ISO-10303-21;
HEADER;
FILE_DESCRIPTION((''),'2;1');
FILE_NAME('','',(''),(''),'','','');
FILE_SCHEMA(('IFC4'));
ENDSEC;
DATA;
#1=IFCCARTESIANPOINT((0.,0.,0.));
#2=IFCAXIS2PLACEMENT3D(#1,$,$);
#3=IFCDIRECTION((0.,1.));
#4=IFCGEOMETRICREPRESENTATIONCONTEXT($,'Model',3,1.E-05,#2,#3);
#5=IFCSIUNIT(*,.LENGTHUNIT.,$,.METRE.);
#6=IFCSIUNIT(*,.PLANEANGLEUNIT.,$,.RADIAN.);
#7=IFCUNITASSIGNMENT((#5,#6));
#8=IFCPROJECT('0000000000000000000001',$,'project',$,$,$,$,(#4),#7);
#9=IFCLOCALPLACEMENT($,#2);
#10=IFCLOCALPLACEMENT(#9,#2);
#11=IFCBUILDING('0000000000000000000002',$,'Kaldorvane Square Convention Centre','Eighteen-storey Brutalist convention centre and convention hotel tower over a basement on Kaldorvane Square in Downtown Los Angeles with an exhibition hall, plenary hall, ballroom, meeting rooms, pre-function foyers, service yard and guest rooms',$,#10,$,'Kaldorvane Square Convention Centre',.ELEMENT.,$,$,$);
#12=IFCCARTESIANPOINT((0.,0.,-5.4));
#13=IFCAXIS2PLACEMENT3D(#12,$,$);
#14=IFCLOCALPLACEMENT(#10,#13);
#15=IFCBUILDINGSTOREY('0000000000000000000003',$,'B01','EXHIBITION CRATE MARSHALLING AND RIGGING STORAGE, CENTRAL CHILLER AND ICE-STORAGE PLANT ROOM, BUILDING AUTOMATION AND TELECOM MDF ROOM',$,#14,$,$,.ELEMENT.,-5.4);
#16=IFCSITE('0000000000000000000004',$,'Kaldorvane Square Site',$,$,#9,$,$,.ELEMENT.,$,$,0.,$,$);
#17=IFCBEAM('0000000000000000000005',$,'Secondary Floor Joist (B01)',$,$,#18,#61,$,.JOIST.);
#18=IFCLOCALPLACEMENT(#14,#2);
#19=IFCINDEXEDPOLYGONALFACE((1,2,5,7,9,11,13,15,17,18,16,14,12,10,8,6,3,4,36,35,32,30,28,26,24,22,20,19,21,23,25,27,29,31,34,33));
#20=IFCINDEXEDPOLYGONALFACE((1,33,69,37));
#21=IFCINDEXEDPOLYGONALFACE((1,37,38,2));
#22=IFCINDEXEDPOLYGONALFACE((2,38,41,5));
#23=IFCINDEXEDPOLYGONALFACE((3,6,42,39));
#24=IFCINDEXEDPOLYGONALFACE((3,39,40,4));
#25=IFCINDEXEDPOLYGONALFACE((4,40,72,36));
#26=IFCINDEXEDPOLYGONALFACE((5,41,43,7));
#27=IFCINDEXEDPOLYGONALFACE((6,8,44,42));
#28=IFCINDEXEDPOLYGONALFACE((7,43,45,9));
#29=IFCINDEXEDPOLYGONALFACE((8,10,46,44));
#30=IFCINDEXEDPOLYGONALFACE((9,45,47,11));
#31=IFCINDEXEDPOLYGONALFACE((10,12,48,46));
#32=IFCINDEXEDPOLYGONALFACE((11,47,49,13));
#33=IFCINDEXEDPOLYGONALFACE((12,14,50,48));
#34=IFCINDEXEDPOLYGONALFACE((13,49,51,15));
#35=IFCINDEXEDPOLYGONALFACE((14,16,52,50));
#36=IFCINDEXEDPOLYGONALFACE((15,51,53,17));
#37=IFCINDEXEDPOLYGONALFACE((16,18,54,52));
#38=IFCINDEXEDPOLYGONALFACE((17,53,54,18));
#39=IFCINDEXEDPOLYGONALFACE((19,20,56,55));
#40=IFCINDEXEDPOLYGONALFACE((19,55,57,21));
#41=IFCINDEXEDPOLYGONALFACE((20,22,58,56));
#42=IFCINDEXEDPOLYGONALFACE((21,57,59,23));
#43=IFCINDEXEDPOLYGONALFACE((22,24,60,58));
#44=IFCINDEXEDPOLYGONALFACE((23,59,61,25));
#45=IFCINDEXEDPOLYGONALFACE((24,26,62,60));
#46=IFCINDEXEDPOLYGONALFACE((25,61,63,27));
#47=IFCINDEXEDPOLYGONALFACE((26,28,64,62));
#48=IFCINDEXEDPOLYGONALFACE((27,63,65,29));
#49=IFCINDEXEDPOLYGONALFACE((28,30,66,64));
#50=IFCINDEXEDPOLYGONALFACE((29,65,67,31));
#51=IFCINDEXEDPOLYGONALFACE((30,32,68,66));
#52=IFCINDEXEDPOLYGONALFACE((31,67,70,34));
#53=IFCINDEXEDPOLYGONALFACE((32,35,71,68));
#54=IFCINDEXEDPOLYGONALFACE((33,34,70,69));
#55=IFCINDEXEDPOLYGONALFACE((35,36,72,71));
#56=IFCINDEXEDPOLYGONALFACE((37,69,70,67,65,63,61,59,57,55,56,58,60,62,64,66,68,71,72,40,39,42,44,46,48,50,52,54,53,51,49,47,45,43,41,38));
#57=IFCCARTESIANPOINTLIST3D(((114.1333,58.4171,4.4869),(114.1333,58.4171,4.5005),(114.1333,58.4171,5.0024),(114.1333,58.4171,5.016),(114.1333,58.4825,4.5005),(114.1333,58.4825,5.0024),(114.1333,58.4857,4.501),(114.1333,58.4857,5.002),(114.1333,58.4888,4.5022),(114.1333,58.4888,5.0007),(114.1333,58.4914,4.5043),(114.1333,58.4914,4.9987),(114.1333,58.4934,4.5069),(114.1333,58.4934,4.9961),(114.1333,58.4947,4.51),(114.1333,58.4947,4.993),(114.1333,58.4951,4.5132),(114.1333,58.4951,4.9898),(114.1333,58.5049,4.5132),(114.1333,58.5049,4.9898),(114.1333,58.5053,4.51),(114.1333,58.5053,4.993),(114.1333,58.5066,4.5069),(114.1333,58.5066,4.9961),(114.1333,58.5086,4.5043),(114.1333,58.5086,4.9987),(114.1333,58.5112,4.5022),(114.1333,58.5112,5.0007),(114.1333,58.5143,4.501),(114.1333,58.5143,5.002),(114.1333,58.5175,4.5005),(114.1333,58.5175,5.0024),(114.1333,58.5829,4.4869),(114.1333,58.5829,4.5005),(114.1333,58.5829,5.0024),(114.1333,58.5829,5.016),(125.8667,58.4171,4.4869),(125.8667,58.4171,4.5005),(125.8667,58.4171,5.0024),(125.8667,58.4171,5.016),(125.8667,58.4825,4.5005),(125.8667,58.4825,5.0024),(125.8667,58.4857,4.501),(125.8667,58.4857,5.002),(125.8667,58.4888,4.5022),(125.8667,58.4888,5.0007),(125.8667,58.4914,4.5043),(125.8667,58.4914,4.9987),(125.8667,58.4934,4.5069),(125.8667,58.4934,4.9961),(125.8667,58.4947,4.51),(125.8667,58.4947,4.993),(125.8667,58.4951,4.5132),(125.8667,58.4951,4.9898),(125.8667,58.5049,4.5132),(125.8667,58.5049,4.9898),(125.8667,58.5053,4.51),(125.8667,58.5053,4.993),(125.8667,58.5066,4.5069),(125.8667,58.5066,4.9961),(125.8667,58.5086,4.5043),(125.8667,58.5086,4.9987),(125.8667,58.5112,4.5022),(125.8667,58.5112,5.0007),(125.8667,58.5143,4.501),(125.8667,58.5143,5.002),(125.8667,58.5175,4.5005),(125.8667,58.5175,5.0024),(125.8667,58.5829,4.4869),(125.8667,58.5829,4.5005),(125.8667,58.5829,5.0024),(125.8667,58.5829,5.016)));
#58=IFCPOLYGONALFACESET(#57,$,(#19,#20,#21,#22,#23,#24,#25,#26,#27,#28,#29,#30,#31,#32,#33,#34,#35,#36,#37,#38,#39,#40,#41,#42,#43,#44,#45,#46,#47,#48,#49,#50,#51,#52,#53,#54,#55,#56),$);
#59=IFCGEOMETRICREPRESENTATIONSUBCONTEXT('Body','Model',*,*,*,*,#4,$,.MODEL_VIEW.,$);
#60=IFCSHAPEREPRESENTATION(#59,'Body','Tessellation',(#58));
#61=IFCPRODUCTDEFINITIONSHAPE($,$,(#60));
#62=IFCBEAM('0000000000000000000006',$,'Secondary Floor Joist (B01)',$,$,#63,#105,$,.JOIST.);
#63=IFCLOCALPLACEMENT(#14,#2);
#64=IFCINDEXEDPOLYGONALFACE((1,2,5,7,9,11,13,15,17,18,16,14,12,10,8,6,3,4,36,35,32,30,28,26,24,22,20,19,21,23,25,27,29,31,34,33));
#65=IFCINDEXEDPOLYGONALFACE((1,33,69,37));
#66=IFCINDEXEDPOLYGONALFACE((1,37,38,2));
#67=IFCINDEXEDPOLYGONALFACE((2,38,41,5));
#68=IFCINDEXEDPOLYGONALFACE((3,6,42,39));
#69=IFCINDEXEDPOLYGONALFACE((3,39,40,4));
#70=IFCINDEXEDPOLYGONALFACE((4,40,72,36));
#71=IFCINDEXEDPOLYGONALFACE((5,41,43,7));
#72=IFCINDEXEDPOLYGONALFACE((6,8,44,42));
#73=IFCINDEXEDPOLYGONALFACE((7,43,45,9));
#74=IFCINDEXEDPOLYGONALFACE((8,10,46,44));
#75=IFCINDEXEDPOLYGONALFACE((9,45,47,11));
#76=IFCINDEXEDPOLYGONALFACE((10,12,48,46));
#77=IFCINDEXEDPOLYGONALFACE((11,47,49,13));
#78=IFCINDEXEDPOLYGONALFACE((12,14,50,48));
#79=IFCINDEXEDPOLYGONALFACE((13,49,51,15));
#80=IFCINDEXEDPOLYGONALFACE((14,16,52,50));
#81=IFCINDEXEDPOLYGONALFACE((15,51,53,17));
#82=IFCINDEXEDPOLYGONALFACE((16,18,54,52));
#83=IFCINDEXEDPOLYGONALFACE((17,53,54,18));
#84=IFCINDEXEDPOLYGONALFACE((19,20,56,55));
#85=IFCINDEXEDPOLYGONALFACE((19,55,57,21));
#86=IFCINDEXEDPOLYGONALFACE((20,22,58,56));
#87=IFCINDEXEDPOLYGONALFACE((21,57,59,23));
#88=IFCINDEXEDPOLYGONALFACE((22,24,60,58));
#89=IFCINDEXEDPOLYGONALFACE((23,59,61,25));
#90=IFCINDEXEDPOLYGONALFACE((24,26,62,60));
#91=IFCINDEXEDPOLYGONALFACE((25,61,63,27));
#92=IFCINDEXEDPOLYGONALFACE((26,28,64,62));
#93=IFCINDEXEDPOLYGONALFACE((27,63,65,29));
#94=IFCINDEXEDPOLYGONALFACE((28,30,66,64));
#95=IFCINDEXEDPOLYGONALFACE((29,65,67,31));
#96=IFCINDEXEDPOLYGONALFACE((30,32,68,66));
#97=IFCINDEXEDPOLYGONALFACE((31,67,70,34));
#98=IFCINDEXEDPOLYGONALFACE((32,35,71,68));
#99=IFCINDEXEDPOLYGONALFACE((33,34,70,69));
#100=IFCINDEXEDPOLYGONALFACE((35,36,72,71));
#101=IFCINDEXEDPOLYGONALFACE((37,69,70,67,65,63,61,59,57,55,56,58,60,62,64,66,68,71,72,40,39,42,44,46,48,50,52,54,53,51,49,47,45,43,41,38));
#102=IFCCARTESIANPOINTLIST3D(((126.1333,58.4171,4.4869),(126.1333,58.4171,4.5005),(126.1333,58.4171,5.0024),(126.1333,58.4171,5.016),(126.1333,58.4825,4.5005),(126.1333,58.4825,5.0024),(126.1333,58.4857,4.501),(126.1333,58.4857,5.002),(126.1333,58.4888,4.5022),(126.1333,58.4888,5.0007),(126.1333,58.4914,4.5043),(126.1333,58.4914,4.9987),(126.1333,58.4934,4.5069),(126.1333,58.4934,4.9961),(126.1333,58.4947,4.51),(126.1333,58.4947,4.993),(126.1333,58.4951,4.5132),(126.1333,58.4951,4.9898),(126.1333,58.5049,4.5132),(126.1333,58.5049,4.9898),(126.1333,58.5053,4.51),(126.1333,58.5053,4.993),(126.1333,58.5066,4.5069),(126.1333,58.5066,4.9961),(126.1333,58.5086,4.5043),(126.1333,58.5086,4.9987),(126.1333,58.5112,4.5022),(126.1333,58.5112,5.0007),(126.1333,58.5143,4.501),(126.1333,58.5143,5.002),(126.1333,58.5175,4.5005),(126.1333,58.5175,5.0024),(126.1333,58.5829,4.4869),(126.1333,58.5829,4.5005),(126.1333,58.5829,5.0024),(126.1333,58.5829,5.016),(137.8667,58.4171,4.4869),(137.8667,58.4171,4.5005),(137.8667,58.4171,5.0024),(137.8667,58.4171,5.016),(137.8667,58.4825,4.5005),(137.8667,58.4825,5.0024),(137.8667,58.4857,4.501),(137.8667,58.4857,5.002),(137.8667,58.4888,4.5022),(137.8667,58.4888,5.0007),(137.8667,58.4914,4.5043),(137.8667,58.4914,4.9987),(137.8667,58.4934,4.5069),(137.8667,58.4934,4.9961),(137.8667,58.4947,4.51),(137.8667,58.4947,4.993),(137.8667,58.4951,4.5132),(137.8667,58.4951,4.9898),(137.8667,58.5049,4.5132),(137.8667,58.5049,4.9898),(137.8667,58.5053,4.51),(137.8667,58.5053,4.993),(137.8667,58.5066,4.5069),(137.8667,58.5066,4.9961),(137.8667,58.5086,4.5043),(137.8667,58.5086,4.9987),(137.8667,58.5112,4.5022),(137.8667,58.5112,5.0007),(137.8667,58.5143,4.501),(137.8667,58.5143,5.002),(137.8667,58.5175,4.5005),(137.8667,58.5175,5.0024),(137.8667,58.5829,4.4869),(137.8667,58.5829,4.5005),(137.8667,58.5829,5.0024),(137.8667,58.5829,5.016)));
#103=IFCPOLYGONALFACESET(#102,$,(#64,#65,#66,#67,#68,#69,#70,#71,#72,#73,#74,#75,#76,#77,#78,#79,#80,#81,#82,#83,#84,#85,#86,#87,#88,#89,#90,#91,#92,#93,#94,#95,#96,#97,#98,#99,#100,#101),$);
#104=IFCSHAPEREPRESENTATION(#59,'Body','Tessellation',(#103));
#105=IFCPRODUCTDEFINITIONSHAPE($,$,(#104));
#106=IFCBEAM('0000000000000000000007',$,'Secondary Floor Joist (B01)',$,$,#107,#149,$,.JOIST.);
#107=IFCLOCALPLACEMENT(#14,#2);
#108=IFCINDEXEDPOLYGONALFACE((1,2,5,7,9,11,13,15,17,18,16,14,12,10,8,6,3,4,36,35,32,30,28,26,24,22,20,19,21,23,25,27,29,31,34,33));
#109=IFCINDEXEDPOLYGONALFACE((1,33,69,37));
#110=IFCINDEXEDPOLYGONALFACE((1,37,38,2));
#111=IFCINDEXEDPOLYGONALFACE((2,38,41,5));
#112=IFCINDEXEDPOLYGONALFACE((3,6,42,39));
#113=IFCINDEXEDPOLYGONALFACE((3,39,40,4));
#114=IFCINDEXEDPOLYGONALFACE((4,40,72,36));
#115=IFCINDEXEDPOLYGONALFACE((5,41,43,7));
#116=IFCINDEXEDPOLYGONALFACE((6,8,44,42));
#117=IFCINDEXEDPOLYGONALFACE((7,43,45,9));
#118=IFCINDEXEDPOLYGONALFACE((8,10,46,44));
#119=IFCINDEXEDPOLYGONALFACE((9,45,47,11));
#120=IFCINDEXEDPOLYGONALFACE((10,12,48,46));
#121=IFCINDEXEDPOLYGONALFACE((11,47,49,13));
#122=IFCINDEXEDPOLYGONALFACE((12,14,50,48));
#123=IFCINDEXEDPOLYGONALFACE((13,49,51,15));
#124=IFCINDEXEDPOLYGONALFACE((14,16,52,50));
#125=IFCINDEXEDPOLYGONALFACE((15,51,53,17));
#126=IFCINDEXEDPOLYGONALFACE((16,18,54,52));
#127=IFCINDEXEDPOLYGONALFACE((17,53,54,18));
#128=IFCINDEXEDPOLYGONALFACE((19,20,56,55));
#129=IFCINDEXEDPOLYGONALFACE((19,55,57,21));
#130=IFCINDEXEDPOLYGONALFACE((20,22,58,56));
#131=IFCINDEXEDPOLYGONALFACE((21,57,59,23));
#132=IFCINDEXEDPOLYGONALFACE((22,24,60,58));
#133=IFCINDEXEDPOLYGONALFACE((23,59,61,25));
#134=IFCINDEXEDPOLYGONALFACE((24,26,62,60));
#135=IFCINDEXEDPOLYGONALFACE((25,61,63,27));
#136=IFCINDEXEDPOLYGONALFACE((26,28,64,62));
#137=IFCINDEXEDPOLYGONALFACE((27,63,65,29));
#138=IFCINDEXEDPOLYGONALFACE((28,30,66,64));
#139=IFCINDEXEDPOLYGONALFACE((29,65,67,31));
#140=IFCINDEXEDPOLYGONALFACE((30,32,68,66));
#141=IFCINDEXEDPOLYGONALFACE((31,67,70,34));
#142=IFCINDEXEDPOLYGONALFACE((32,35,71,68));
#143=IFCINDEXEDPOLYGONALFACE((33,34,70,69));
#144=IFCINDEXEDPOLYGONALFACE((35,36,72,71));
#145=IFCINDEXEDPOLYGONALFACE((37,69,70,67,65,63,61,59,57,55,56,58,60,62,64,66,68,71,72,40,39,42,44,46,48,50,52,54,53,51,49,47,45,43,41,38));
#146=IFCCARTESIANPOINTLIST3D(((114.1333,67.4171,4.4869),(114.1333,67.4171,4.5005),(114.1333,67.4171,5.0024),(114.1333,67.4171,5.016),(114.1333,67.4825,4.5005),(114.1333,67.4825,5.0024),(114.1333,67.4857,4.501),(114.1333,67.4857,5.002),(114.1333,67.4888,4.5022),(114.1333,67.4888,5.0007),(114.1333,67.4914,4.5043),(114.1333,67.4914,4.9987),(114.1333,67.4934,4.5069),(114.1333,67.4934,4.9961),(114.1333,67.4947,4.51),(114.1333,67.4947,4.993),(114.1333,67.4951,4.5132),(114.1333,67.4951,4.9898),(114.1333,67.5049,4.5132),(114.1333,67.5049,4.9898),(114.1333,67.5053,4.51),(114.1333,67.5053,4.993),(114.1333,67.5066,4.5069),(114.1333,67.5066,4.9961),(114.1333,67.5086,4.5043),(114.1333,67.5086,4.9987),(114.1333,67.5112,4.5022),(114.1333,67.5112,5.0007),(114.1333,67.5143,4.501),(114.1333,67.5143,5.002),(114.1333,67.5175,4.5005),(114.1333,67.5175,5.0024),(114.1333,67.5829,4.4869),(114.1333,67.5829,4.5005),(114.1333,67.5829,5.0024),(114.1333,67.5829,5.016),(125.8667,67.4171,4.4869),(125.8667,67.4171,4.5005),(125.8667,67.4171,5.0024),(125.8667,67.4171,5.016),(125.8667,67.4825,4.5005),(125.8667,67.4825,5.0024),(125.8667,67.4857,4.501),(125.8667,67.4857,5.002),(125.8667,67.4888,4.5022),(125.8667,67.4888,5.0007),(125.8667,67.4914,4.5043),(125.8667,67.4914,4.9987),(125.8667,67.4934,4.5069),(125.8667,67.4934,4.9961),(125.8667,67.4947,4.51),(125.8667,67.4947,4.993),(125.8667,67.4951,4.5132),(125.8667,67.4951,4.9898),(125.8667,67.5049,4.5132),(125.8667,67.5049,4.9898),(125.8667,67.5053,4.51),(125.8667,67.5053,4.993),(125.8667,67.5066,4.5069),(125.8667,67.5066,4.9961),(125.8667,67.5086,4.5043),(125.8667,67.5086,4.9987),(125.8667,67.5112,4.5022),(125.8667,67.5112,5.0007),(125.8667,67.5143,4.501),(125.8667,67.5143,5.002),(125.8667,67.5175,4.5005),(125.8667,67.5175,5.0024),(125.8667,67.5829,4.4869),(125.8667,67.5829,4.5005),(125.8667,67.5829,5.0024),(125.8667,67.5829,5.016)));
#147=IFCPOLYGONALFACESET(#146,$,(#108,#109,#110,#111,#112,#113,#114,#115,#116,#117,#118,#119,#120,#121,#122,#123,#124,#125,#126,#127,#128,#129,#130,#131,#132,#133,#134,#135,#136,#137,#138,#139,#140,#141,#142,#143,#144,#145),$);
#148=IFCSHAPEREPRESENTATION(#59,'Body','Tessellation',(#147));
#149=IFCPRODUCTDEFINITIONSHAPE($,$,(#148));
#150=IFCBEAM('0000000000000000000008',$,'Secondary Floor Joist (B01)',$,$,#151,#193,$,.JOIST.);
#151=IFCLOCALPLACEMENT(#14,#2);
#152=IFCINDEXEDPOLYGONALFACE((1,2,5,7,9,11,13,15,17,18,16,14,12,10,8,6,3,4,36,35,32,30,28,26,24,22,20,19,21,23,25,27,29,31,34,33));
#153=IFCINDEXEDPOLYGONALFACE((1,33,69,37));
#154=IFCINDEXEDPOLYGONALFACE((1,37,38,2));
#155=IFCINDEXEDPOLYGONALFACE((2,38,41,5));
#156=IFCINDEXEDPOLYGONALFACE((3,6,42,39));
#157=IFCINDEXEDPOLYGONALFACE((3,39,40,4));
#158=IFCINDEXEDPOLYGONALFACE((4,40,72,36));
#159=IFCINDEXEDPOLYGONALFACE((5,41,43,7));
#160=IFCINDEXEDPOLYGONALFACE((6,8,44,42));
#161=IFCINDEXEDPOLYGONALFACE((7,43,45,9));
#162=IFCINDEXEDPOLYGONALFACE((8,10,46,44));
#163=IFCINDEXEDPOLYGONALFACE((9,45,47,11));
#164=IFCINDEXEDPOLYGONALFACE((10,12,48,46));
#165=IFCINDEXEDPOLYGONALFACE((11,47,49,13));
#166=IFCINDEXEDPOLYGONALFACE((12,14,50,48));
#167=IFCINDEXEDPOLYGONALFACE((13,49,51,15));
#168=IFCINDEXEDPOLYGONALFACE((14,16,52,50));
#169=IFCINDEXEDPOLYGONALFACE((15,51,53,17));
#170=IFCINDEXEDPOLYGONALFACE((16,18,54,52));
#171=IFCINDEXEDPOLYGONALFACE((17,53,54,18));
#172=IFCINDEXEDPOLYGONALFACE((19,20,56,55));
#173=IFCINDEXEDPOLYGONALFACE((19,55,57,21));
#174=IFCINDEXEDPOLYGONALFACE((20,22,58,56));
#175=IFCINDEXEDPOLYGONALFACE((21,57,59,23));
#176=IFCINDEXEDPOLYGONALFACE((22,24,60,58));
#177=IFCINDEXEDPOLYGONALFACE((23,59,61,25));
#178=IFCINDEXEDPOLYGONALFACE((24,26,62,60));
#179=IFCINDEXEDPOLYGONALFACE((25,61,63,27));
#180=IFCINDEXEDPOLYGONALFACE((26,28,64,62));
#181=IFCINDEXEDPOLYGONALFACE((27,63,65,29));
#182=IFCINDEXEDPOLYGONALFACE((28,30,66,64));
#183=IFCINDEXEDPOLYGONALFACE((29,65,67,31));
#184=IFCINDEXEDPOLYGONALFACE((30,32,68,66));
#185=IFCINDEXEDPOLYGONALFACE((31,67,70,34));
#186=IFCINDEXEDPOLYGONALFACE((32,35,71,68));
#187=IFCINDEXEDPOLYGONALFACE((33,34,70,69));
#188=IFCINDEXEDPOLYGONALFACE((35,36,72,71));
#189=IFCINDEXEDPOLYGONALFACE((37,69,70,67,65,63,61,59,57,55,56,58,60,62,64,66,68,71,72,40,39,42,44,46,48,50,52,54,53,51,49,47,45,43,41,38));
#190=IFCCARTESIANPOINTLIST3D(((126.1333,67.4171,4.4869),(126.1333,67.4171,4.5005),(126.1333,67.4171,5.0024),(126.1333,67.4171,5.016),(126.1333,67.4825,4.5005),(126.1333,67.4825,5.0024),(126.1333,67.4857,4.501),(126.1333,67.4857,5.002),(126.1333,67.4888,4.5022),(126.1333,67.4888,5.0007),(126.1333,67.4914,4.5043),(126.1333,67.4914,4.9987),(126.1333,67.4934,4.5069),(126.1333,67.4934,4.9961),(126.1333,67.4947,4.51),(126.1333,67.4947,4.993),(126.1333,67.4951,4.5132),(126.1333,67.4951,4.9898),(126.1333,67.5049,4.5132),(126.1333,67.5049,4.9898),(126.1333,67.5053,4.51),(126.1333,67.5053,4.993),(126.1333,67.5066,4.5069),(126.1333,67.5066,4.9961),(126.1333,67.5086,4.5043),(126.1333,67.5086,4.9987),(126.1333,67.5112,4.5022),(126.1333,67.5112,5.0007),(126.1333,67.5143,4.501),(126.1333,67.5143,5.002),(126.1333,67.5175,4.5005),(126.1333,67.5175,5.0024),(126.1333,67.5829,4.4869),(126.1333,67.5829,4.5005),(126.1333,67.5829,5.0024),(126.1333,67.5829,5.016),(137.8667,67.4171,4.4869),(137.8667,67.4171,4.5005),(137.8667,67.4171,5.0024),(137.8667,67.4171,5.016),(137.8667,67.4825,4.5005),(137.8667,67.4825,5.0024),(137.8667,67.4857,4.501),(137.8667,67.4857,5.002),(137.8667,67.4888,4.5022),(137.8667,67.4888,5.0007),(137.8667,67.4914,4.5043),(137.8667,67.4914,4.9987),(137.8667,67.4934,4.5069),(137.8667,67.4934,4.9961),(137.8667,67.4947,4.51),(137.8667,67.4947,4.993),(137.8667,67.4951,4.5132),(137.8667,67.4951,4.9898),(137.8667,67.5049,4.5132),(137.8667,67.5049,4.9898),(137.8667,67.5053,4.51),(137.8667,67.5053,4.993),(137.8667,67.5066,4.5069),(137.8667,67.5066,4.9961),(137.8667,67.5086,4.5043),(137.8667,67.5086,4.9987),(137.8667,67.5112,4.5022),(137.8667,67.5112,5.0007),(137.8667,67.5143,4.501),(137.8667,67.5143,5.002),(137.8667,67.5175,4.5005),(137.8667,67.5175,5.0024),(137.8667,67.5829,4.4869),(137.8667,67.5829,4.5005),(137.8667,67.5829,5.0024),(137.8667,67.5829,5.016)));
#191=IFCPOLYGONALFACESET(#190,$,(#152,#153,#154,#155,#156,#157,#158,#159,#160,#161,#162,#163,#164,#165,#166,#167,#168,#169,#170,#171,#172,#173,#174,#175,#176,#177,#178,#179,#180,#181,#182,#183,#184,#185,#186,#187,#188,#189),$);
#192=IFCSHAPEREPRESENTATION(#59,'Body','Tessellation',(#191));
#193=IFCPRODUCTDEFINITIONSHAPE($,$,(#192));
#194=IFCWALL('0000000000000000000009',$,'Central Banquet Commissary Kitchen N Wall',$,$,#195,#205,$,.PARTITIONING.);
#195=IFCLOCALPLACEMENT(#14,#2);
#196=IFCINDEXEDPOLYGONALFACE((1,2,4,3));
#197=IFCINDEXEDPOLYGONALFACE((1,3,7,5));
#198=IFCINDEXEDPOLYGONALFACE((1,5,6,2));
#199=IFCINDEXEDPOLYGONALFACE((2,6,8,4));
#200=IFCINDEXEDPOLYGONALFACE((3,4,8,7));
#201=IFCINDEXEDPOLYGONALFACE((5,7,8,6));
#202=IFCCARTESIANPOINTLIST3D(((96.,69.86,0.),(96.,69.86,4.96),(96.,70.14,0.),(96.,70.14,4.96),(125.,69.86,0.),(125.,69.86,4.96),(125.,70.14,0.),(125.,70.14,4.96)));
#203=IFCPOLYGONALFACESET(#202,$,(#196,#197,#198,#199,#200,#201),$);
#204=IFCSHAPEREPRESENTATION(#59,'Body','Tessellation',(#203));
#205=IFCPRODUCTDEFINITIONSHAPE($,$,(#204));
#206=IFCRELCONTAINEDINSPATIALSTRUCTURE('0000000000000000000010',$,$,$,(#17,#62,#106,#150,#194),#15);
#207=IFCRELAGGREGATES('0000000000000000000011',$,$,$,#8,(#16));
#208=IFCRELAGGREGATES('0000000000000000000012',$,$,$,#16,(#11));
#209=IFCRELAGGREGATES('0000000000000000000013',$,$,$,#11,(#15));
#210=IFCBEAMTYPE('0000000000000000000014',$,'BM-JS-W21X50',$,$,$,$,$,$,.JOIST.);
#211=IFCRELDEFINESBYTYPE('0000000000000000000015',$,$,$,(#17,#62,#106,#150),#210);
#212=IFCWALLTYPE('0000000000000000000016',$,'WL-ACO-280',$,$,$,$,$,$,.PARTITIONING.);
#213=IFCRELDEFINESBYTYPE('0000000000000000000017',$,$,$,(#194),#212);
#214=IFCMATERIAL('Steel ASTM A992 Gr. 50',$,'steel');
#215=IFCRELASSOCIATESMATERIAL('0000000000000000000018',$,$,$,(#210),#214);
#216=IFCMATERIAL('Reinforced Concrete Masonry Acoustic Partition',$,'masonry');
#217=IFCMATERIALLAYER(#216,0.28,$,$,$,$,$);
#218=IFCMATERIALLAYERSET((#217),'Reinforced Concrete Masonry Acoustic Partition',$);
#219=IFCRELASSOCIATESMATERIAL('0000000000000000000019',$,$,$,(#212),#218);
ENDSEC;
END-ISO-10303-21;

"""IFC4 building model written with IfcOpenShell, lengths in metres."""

from ifc_helpers import new_model, si_unit, direction, frame, frame_2d, origin, origin_2d, place, context, subcontext, project, spatial, rectangle, i_section, extrude, material, layer, layer_set, material_profile, profile_set, type_object, element, save


model = new_model("IFC4")

# Units and contexts
model_context = context("Model", 3, precision=1e-05, world=origin(), true_north=direction((0.0, 1.0)))
body_context = subcontext(model_context, "Body", "Model", "MODEL_VIEW")
ifc_project = project(units=[si_unit("LENGTHUNIT", "METRE"), si_unit("PLANEANGLEUNIT", "RADIAN")], contexts=[model_context])

# Site, building, storey
site_placement = place(None, origin())
site = spatial("IfcSite", under=ifc_project, at=site_placement, Name="Kaldorvane Square Site", CompositionType="ELEMENT", RefElevation=0.0)
building_placement = place(site_placement, origin())
building = spatial("IfcBuilding", under=site, at=building_placement, Name="Kaldorvane Square Convention Centre", Description="Eighteen-storey Brutalist convention centre and convention hotel tower over a basement on Kaldorvane Square in Downtown Los Angeles with an exhibition hall, plenary hall, ballroom, meeting rooms, pre-function foyers, service yard and guest rooms", LongName="Kaldorvane Square Convention Centre", CompositionType="ELEMENT")
storey_placement = place(building_placement, frame((0.0, 0.0, -5.4)))
storey = spatial("IfcBuildingStorey", under=building, at=storey_placement, Name="B01", Description="EXHIBITION CRATE MARSHALLING AND RIGGING STORAGE, CENTRAL CHILLER AND ICE-STORAGE PLANT ROOM, BUILDING AUTOMATION AND TELECOM MDF ROOM", CompositionType="ELEMENT", Elevation=-5.4)

# Shared definitions
ifc_material_1 = material(Name="Steel ASTM A992 Gr. 50", Category="steel")

# Beams
ifc_material_profile_1 = material_profile(ifc_material_1, i_section(OverallWidth=0.1659, OverallDepth=0.5291, WebThickness=0.0097, FlangeThickness=0.0136, FilletRadius=0.0127, at=origin_2d()), Name="W21X50")
ifc_profile_set_1 = profile_set([ifc_material_profile_1], Name="Steel ASTM A992 Gr. 50")
beam_type_1 = type_object("IfcBeamType", Name="BM-JS-W21X50", PredefinedType="JOIST", material=ifc_profile_set_1)
for number, where, z_axis, x_axis, name in (
    (1, (114.1333, 58.5, 4.7515), (1.0, 0.0, 0.0), (0.0, 1.0, 0.0), "Secondary Floor Joist (B01)"),
    (2, (126.1333, 58.5, 4.7515), (1.0, 0.0, 0.0), (0.0, 1.0, 0.0), "Secondary Floor Joist (B01)"),
    (3, (114.1333, 67.5, 4.7515), (1.0, 0.0, 0.0), (0.0, 1.0, 0.0), "Secondary Floor Joist (B01)"),
    (4, (126.1333, 67.5, 4.7515), (1.0, 0.0, 0.0), (0.0, 1.0, 0.0), "Secondary Floor Joist (B01)"),
):
    element("IfcBeam", number, at=place(storey_placement, frame(where, z_axis=z_axis, x_axis=x_axis)), inside=storey, type_object=beam_type_1, Name=name, PredefinedType="JOIST", context=body_context, shape_type="SweptSolid", body=[
        extrude(i_section(OverallWidth=0.1659, OverallDepth=0.5291, WebThickness=0.0097, FlangeThickness=0.0136, FilletRadius=0.0127, at=origin_2d()), origin(), (0.0, 0.0, 1.0), 11.7334),
    ])

# Wall
ifc_material_2 = material(Name="Reinforced Concrete Masonry Acoustic Partition", Category="masonry")
ifc_layer_1 = layer(ifc_material_2, 0.28)
ifc_layer_set_1 = layer_set([ifc_layer_1], Name="Reinforced Concrete Masonry Acoustic Partition")
wall_type_1 = type_object("IfcWallType", Name="WL-ACO-280", PredefinedType="PARTITIONING", material=ifc_layer_set_1)
wall_1_placement = place(storey_placement, frame((125.0, 70.0, 0.0), z_axis=(0.0, 0.0, 1.0), x_axis=(-1.0, 0.0, 0.0)))
element("IfcWall", 5, at=wall_1_placement, inside=storey, type_object=wall_type_1, Name="Central Banquet Commissary Kitchen N Wall", PredefinedType="PARTITIONING", context=body_context, shape_type="SweptSolid", body=[
    extrude(rectangle(XDim=29.0, YDim=0.28, at=frame_2d((14.5, 0.0))), origin(), (0.0, 0.0, 1.0), 4.96),
])

save(model, "model.ifc")
